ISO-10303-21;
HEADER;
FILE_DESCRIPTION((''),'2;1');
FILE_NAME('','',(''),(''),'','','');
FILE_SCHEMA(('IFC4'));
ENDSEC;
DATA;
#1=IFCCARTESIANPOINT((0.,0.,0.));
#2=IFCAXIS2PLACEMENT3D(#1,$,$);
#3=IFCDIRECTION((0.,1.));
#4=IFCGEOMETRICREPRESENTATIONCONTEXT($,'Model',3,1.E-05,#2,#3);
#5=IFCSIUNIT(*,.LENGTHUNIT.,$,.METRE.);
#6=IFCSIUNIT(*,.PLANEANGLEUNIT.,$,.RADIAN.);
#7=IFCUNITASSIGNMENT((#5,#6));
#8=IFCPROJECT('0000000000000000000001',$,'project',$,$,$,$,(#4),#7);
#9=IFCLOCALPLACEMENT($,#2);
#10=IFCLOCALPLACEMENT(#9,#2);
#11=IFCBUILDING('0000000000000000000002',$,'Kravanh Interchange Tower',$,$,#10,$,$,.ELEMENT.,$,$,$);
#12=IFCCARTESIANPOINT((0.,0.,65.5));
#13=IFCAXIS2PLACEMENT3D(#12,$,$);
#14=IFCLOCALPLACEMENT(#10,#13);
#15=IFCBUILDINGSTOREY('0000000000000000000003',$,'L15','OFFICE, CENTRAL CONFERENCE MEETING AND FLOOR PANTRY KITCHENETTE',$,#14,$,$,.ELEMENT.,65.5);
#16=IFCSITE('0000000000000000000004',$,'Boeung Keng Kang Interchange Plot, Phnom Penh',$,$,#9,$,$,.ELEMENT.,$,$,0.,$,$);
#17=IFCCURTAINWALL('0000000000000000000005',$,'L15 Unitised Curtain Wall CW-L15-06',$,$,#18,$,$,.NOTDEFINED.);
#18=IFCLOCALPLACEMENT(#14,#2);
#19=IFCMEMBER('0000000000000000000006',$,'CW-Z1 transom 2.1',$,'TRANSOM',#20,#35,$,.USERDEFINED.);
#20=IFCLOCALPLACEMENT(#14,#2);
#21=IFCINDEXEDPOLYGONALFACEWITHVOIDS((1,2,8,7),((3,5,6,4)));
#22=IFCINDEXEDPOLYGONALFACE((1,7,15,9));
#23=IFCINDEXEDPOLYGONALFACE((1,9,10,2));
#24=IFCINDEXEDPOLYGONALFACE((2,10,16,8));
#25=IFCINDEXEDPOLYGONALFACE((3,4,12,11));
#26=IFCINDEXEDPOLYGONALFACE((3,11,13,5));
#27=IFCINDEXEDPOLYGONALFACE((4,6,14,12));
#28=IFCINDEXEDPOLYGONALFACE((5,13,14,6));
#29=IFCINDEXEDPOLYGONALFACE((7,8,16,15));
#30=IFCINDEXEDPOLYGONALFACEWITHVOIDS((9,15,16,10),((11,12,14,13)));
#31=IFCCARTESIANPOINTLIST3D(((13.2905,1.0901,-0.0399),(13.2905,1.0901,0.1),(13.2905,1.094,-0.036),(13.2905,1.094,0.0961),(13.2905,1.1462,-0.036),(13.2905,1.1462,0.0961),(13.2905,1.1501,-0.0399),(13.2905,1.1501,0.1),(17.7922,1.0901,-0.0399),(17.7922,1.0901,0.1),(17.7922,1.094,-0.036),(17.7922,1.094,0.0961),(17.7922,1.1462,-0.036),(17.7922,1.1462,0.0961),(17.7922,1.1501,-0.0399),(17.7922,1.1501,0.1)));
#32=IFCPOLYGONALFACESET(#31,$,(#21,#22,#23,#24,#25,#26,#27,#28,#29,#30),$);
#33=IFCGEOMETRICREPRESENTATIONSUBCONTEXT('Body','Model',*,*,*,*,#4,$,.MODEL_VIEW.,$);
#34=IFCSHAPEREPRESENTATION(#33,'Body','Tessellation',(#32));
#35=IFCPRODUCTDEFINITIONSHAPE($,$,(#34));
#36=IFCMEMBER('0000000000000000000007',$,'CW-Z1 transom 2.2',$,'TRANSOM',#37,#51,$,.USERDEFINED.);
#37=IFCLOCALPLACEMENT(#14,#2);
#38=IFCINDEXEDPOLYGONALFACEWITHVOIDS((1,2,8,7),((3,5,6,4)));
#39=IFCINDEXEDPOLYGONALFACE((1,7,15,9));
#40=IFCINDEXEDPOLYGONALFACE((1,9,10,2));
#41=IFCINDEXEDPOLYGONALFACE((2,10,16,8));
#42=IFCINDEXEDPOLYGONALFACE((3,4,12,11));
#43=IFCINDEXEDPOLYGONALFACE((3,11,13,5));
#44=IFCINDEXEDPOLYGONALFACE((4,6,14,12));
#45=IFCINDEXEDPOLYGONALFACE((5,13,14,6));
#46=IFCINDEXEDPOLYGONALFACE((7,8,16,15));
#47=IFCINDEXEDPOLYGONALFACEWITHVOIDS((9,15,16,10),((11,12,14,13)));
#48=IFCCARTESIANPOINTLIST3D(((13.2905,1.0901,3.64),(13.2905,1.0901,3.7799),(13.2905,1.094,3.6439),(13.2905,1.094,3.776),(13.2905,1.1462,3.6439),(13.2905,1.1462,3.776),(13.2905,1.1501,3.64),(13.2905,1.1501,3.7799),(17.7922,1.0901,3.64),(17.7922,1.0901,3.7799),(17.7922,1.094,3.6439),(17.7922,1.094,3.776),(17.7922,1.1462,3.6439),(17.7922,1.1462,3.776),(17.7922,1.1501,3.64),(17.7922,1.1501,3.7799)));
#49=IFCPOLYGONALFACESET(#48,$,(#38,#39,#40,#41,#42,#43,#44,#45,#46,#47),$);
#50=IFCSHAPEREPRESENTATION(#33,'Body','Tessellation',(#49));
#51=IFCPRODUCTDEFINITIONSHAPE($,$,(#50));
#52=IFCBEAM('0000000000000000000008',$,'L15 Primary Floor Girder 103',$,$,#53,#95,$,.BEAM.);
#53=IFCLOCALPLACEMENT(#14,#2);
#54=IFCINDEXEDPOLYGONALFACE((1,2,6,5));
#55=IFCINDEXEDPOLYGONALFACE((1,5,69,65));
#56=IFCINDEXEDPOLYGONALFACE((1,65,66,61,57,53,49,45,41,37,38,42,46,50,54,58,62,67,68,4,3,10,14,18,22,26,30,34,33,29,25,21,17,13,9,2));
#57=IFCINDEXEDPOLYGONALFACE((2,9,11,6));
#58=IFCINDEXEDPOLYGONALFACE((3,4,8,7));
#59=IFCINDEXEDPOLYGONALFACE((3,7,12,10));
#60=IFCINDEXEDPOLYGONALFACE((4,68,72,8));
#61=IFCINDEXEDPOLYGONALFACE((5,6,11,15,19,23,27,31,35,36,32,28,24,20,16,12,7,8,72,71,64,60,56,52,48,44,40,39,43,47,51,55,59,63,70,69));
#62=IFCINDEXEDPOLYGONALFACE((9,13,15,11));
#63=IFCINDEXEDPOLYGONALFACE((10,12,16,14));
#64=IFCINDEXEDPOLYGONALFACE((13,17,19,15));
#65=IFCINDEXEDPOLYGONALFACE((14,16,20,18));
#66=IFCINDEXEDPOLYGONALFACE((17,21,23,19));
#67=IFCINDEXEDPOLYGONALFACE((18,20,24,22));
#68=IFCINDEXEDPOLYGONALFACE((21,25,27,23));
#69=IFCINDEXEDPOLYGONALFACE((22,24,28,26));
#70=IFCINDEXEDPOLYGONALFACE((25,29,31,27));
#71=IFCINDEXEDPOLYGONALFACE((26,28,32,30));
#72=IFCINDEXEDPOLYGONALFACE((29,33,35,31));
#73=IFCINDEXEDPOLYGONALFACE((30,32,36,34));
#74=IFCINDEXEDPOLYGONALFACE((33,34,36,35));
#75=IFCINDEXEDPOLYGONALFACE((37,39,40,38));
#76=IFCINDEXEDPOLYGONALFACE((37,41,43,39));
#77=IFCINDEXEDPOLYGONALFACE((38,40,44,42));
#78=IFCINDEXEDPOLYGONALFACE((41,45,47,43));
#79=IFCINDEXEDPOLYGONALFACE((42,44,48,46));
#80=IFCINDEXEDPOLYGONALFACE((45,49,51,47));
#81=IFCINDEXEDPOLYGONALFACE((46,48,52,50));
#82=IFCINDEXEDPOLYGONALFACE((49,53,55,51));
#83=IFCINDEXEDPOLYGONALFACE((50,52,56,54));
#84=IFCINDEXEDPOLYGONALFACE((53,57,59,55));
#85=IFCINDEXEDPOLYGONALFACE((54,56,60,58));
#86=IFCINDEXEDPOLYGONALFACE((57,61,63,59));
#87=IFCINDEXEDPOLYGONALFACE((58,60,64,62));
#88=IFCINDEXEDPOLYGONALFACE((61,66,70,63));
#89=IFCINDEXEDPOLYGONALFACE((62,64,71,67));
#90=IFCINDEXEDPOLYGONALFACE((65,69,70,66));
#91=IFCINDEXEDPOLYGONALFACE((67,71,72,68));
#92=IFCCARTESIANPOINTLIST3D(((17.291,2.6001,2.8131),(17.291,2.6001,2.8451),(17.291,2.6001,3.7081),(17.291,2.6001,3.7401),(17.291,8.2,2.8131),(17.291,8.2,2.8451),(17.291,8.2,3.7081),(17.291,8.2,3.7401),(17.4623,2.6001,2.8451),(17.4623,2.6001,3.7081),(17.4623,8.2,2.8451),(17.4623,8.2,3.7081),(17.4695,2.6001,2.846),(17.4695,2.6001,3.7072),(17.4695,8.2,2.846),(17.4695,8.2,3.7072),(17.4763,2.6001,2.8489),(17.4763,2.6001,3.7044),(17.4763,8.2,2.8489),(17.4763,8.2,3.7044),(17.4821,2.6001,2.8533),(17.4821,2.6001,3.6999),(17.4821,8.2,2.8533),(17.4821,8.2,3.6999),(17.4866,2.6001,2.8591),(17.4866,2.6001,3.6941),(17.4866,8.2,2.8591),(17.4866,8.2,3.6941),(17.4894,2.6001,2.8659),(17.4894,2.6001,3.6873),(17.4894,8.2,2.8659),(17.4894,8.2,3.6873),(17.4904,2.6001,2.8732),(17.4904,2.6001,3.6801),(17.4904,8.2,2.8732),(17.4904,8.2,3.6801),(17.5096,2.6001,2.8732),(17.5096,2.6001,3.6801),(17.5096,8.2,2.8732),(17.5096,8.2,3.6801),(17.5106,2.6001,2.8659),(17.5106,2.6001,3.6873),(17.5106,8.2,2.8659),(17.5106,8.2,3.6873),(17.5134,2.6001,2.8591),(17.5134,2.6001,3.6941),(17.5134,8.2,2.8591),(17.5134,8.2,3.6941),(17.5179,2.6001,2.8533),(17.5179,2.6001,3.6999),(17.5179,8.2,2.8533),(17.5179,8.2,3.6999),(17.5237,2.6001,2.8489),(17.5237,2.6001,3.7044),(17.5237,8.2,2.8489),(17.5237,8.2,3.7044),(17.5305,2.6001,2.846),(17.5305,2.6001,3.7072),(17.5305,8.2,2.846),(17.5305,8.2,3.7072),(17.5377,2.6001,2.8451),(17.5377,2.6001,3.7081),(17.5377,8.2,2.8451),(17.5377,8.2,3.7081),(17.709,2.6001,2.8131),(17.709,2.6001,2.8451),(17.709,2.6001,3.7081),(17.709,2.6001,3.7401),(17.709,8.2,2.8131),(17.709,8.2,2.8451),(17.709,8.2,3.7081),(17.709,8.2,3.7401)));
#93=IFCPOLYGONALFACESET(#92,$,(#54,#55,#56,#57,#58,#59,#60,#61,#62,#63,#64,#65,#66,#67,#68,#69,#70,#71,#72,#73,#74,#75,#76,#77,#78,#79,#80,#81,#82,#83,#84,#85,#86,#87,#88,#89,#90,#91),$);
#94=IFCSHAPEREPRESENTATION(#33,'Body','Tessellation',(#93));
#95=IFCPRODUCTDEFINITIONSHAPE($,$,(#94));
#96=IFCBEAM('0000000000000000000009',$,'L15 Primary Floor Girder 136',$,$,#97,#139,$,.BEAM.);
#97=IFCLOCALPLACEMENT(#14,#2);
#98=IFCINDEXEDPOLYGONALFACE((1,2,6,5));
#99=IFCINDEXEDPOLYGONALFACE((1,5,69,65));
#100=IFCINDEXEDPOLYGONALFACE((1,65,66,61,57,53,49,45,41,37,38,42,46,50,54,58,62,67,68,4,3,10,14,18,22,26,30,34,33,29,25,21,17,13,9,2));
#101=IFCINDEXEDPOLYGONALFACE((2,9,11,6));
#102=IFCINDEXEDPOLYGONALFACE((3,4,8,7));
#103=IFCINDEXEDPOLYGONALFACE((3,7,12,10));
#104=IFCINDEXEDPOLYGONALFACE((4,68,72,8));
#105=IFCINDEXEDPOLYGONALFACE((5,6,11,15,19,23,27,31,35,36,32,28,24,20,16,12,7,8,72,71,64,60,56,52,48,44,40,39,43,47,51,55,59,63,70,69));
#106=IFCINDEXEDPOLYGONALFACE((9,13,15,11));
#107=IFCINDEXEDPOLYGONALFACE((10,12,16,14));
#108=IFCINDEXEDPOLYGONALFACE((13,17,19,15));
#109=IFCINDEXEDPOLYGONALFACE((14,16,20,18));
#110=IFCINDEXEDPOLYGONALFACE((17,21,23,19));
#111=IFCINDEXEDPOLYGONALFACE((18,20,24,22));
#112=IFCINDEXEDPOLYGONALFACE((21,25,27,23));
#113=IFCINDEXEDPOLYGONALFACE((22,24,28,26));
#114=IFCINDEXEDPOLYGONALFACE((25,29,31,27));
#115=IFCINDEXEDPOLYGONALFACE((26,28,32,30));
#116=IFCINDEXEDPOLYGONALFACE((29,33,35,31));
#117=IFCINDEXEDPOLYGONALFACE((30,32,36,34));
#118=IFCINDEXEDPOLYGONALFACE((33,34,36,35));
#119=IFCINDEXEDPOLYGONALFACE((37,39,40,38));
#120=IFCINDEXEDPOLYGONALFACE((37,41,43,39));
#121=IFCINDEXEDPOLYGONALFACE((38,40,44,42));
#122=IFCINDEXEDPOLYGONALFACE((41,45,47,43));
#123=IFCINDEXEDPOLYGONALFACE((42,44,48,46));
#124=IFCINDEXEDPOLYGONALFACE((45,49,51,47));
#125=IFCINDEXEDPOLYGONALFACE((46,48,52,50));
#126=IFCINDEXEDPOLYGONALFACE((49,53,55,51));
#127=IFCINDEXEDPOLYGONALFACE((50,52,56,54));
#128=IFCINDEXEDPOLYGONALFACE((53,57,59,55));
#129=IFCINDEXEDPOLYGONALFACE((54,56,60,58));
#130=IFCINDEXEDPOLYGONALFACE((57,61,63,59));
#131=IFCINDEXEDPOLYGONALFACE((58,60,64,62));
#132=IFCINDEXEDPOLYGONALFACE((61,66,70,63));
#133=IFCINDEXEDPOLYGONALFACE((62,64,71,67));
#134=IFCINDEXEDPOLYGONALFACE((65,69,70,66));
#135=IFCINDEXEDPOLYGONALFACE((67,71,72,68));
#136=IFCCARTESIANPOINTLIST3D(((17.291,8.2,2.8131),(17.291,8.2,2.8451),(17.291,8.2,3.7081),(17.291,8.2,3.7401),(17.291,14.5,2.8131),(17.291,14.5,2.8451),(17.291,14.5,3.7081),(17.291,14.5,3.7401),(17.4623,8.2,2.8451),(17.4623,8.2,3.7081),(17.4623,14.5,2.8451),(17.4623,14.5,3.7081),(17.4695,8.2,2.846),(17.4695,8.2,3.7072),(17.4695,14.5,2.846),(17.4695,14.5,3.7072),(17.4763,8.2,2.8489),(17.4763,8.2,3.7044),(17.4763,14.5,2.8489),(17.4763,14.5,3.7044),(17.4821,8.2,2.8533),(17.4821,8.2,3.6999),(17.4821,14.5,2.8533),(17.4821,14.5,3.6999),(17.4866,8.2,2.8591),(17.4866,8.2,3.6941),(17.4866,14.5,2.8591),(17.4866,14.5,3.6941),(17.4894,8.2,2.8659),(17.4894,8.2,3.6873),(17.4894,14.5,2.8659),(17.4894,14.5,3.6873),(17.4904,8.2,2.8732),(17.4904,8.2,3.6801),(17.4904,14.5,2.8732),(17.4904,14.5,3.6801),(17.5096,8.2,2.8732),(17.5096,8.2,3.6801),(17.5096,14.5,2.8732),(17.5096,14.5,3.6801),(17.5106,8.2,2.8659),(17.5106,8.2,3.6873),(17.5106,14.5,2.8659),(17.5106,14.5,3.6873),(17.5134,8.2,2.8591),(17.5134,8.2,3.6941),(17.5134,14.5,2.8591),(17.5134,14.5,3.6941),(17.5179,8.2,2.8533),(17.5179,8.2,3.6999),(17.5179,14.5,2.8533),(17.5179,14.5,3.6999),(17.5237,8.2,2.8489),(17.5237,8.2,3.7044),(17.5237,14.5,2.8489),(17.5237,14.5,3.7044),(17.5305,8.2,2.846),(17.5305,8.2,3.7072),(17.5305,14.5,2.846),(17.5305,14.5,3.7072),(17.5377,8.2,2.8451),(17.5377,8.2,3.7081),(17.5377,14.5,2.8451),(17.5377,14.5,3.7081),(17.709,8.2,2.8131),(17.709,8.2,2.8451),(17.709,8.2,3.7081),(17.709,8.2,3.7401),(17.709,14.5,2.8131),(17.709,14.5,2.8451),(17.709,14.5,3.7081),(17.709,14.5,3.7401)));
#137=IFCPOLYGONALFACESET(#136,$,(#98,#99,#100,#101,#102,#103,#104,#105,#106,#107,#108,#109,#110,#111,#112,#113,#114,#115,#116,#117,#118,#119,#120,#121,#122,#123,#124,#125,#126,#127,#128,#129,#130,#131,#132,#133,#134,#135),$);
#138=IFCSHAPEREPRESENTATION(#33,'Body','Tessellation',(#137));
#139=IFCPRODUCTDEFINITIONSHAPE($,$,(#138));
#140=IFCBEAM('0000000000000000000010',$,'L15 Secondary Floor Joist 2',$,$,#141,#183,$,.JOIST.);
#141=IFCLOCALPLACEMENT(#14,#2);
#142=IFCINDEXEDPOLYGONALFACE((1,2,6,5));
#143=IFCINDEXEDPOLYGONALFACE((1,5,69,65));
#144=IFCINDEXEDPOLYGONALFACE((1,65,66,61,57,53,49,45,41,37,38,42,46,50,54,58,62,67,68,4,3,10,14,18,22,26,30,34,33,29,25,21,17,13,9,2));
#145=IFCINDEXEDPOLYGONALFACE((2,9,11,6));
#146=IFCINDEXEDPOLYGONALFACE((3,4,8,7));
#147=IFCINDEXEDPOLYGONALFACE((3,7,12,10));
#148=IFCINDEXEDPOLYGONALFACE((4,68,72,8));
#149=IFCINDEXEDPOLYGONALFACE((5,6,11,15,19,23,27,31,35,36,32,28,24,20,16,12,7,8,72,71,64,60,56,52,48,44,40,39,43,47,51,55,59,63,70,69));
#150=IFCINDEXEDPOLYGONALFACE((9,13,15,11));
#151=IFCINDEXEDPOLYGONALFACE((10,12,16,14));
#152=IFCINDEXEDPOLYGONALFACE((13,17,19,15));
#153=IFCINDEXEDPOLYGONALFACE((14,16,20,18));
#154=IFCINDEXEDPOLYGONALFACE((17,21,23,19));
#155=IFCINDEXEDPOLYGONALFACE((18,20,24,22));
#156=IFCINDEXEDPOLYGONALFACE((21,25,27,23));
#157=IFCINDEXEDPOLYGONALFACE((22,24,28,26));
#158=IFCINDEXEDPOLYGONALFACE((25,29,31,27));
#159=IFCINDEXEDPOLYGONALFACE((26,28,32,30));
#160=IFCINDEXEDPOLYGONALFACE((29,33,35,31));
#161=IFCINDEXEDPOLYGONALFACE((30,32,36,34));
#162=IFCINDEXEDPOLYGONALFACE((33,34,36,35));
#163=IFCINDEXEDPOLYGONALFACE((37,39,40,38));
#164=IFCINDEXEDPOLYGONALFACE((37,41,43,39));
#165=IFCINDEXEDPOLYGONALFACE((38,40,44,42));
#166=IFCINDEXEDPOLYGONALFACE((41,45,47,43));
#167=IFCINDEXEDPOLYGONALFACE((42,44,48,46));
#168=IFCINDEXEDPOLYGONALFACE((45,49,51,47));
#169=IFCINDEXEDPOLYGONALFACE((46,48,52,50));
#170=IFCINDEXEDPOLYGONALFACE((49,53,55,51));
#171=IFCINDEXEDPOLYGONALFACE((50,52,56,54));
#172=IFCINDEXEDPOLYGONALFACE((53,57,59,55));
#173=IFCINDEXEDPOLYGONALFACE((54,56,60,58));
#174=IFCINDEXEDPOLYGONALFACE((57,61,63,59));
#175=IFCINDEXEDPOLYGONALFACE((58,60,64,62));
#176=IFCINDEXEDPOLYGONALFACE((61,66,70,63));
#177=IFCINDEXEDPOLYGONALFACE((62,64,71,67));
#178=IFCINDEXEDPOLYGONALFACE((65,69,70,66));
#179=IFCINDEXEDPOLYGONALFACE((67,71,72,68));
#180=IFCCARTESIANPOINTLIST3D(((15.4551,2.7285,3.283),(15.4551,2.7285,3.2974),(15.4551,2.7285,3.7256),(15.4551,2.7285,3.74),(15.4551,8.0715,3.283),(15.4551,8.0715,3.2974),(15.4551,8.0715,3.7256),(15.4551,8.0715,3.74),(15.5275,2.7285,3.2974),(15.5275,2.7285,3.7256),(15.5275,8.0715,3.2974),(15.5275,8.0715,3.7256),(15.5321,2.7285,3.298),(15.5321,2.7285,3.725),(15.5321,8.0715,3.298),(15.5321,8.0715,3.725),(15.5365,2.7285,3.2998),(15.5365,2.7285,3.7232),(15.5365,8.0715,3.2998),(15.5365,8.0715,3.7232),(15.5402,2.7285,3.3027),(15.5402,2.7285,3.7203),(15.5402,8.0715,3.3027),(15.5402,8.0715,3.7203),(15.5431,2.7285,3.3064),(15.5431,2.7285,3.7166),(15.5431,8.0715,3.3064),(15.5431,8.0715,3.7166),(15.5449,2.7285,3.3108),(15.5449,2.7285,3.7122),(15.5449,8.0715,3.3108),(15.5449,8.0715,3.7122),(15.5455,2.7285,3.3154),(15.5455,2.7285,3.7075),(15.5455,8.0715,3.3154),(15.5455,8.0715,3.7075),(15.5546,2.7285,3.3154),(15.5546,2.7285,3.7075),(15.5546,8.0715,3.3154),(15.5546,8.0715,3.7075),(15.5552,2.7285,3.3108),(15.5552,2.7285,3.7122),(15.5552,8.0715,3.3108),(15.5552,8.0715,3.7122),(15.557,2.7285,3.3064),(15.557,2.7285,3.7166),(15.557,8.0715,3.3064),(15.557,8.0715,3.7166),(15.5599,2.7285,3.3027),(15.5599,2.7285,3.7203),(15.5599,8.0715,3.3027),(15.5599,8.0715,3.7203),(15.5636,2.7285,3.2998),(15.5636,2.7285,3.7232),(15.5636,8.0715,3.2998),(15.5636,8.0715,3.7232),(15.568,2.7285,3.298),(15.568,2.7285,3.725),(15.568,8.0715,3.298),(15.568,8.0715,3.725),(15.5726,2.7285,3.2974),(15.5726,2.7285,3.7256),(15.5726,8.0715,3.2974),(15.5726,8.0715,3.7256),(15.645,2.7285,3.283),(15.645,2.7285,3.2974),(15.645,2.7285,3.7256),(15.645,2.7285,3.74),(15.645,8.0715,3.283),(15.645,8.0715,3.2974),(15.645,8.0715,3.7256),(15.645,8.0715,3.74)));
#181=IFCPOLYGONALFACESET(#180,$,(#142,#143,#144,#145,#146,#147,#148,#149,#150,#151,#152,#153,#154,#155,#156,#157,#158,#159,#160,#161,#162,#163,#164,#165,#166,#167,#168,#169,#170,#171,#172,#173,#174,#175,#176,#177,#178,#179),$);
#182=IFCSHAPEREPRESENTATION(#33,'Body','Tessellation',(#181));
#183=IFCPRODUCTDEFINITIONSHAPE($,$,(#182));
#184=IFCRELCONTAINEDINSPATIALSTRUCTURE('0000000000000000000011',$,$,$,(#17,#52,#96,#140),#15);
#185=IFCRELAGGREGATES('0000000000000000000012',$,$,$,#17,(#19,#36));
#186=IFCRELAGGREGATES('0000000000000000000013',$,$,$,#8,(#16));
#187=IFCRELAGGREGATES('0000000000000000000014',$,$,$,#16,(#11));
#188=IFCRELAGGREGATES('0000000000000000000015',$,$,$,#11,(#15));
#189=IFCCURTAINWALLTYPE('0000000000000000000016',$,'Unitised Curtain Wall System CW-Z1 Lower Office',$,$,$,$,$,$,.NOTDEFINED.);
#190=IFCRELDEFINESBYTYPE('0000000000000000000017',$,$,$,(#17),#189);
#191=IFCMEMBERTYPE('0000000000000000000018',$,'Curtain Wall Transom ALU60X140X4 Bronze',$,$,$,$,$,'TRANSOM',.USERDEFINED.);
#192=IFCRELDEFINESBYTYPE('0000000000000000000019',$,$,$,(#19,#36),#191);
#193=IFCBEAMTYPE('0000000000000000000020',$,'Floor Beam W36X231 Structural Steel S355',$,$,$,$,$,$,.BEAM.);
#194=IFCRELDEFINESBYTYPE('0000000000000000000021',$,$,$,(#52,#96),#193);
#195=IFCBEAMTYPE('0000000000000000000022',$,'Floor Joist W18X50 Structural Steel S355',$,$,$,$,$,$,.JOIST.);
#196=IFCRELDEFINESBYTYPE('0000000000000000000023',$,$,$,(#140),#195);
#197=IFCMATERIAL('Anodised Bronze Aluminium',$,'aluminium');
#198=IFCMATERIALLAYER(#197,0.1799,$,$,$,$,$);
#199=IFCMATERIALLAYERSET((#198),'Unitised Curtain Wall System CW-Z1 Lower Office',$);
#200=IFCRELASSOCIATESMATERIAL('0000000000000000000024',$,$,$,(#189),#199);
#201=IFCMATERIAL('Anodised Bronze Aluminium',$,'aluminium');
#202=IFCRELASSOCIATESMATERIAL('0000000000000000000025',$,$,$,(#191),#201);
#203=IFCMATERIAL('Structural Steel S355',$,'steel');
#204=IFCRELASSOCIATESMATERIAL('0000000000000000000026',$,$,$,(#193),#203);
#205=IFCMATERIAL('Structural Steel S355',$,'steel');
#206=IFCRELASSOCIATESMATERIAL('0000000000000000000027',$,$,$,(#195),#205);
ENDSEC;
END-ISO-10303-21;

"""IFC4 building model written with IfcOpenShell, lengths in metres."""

from ifc_helpers import new_model, si_unit, direction, frame, origin, origin_2d, place, context, subcontext, project, spatial, hollow_rectangle, i_section, extrude, material, layer, layer_set, material_profile, profile_set, type_object, element, aggregate, save


model = new_model("IFC4")

# Units and contexts
model_context = context("Model", 3, precision=1e-05, world=origin(), true_north=direction((0.0, 1.0)))
body_context = subcontext(model_context, "Body", "Model", "MODEL_VIEW")
ifc_project = project(units=[si_unit("LENGTHUNIT", "METRE"), si_unit("PLANEANGLEUNIT", "RADIAN")], contexts=[model_context])

# Site, building, storey
site_placement = place(None, origin())
site = spatial("IfcSite", under=ifc_project, at=site_placement, Name="Boeung Keng Kang Interchange Plot, Phnom Penh", CompositionType="ELEMENT", RefElevation=0.0)
building_placement = place(site_placement, origin())
building = spatial("IfcBuilding", under=site, at=building_placement, Name="Kravanh Interchange Tower", CompositionType="ELEMENT")
storey_placement = place(building_placement, frame((0.0, 0.0, 65.5)))
storey = spatial("IfcBuildingStorey", under=building, at=storey_placement, Name="L15", Description="OFFICE, CENTRAL CONFERENCE MEETING AND FLOOR PANTRY KITCHENETTE", CompositionType="ELEMENT", Elevation=65.5)

# Curtain wall, members
ifc_material_1 = material(Name="Anodised Bronze Aluminium", Category="aluminium")
ifc_layer_1 = layer(ifc_material_1, 0.1799)
ifc_layer_set_1 = layer_set([ifc_layer_1], Name="Unitised Curtain Wall System CW-Z1 Lower Office")
curtain_wall_type = type_object("IfcCurtainWallType", Name="Unitised Curtain Wall System CW-Z1 Lower Office", PredefinedType="NOTDEFINED", material=ifc_layer_set_1)
curtain_wall_placement = place(storey_placement, origin())
curtain_wall = element("IfcCurtainWall", 1, at=curtain_wall_placement, inside=storey, type_object=curtain_wall_type, Name="L15 Unitised Curtain Wall CW-L15-06", PredefinedType="NOTDEFINED")
ifc_material_2 = material(Name="Anodised Bronze Aluminium", Category="aluminium")
ifc_material_profile_1 = material_profile(ifc_material_2, hollow_rectangle(XDim=0.0601, YDim=0.1399, WallThickness=0.0039, at=origin_2d()), Name="ALU60X140X4")
ifc_profile_set_1 = profile_set([ifc_material_profile_1], Name="Anodised Bronze Aluminium")
member_type_1 = type_object("IfcMemberType", Name="Curtain Wall Transom ALU60X140X4 Bronze", ElementType="TRANSOM", PredefinedType="USERDEFINED", material=ifc_profile_set_1)
member_1_placement = place(storey_placement, frame((17.7922, 1.1201, 0.03), z_axis=(-1.0, 0.0, 0.0), x_axis=(0.0, -1.0, 0.0)))
member_1 = element("IfcMember", 2, at=member_1_placement, type_object=member_type_1, Name="CW-Z1 transom 2.1", ObjectType="TRANSOM", PredefinedType="USERDEFINED", context=body_context, shape_type="SweptSolid", body=[
    extrude(hollow_rectangle(XDim=0.0601, YDim=0.1399, WallThickness=0.0039, at=origin_2d()), origin(), (0.0, 0.0, 1.0), 4.5017),
])
member_2_placement = place(storey_placement, frame((17.7922, 1.1201, 3.71), z_axis=(-1.0, 0.0, 0.0), x_axis=(0.0, -1.0, 0.0)))
member_2 = element("IfcMember", 3, at=member_2_placement, type_object=member_type_1, Name="CW-Z1 transom 2.2", ObjectType="TRANSOM", PredefinedType="USERDEFINED", context=body_context, shape_type="SweptSolid", body=[
    extrude(hollow_rectangle(XDim=0.0601, YDim=0.1399, WallThickness=0.0039, at=origin_2d()), origin(), (0.0, 0.0, 1.0), 4.5017),
])

# Beams
ifc_material_3 = material(Name="Structural Steel S355", Category="steel")
ifc_material_profile_2 = material_profile(ifc_material_3, i_section(OverallWidth=0.418, OverallDepth=0.927, WebThickness=0.0193, FlangeThickness=0.032, FilletRadius=0.0281, at=origin_2d()), Name="W36X231")
ifc_profile_set_2 = profile_set([ifc_material_profile_2], Name="Structural Steel S355")
beam_type_1 = type_object("IfcBeamType", Name="Floor Beam W36X231 Structural Steel S355", PredefinedType="BEAM", material=ifc_profile_set_2)
beam_1_placement = place(storey_placement, frame((17.5, 2.6001, 3.2766), z_axis=(0.0, 1.0, 0.0), x_axis=(-1.0, 0.0, 0.0)))
element("IfcBeam", 4, at=beam_1_placement, inside=storey, type_object=beam_type_1, Name="L15 Primary Floor Girder 103", PredefinedType="BEAM", context=body_context, shape_type="SweptSolid", body=[
    extrude(i_section(OverallWidth=0.418, OverallDepth=0.927, WebThickness=0.0193, FlangeThickness=0.032, FilletRadius=0.0281, at=origin_2d()), origin(), (0.0, 0.0, 1.0), 5.5999),
])
beam_2_placement = place(storey_placement, frame((17.5, 8.2, 3.2766), z_axis=(0.0, 1.0, 0.0), x_axis=(-1.0, 0.0, 0.0)))
element("IfcBeam", 5, at=beam_2_placement, inside=storey, type_object=beam_type_1, Name="L15 Primary Floor Girder 136", PredefinedType="BEAM", context=body_context, shape_type="SweptSolid", body=[
    extrude(i_section(OverallWidth=0.418, OverallDepth=0.927, WebThickness=0.0193, FlangeThickness=0.032, FilletRadius=0.0281, at=origin_2d()), origin(), (0.0, 0.0, 1.0), 6.3),
])
ifc_material_4 = material(Name="Structural Steel S355", Category="steel")
ifc_material_profile_3 = material_profile(ifc_material_4, i_section(OverallWidth=0.1899, OverallDepth=0.457, WebThickness=0.009, FlangeThickness=0.0144, FilletRadius=0.0181, at=origin_2d()), Name="W18X50")
ifc_profile_set_3 = profile_set([ifc_material_profile_3], Name="Structural Steel S355")
beam_type_2 = type_object("IfcBeamType", Name="Floor Joist W18X50 Structural Steel S355", PredefinedType="JOIST", material=ifc_profile_set_3)
for number, where, z_axis, x_axis, name in (
    (6, (15.55, 2.7285, 3.5115), (0.0, 1.0, 0.0), (-1.0, 0.0, 0.0), "L15 Secondary Floor Joist 2"),
):
    element("IfcBeam", number, at=place(storey_placement, frame(where, z_axis=z_axis, x_axis=x_axis)), inside=storey, type_object=beam_type_2, Name=name, PredefinedType="JOIST", context=body_context, shape_type="SweptSolid", body=[
        extrude(i_section(OverallWidth=0.1899, OverallDepth=0.457, WebThickness=0.009, FlangeThickness=0.0144, FilletRadius=0.0181, at=origin_2d()), origin(), (0.0, 0.0, 1.0), 5.343),
    ])

aggregate(curtain_wall, [member_1, member_2])

save(model, "model.ifc")
